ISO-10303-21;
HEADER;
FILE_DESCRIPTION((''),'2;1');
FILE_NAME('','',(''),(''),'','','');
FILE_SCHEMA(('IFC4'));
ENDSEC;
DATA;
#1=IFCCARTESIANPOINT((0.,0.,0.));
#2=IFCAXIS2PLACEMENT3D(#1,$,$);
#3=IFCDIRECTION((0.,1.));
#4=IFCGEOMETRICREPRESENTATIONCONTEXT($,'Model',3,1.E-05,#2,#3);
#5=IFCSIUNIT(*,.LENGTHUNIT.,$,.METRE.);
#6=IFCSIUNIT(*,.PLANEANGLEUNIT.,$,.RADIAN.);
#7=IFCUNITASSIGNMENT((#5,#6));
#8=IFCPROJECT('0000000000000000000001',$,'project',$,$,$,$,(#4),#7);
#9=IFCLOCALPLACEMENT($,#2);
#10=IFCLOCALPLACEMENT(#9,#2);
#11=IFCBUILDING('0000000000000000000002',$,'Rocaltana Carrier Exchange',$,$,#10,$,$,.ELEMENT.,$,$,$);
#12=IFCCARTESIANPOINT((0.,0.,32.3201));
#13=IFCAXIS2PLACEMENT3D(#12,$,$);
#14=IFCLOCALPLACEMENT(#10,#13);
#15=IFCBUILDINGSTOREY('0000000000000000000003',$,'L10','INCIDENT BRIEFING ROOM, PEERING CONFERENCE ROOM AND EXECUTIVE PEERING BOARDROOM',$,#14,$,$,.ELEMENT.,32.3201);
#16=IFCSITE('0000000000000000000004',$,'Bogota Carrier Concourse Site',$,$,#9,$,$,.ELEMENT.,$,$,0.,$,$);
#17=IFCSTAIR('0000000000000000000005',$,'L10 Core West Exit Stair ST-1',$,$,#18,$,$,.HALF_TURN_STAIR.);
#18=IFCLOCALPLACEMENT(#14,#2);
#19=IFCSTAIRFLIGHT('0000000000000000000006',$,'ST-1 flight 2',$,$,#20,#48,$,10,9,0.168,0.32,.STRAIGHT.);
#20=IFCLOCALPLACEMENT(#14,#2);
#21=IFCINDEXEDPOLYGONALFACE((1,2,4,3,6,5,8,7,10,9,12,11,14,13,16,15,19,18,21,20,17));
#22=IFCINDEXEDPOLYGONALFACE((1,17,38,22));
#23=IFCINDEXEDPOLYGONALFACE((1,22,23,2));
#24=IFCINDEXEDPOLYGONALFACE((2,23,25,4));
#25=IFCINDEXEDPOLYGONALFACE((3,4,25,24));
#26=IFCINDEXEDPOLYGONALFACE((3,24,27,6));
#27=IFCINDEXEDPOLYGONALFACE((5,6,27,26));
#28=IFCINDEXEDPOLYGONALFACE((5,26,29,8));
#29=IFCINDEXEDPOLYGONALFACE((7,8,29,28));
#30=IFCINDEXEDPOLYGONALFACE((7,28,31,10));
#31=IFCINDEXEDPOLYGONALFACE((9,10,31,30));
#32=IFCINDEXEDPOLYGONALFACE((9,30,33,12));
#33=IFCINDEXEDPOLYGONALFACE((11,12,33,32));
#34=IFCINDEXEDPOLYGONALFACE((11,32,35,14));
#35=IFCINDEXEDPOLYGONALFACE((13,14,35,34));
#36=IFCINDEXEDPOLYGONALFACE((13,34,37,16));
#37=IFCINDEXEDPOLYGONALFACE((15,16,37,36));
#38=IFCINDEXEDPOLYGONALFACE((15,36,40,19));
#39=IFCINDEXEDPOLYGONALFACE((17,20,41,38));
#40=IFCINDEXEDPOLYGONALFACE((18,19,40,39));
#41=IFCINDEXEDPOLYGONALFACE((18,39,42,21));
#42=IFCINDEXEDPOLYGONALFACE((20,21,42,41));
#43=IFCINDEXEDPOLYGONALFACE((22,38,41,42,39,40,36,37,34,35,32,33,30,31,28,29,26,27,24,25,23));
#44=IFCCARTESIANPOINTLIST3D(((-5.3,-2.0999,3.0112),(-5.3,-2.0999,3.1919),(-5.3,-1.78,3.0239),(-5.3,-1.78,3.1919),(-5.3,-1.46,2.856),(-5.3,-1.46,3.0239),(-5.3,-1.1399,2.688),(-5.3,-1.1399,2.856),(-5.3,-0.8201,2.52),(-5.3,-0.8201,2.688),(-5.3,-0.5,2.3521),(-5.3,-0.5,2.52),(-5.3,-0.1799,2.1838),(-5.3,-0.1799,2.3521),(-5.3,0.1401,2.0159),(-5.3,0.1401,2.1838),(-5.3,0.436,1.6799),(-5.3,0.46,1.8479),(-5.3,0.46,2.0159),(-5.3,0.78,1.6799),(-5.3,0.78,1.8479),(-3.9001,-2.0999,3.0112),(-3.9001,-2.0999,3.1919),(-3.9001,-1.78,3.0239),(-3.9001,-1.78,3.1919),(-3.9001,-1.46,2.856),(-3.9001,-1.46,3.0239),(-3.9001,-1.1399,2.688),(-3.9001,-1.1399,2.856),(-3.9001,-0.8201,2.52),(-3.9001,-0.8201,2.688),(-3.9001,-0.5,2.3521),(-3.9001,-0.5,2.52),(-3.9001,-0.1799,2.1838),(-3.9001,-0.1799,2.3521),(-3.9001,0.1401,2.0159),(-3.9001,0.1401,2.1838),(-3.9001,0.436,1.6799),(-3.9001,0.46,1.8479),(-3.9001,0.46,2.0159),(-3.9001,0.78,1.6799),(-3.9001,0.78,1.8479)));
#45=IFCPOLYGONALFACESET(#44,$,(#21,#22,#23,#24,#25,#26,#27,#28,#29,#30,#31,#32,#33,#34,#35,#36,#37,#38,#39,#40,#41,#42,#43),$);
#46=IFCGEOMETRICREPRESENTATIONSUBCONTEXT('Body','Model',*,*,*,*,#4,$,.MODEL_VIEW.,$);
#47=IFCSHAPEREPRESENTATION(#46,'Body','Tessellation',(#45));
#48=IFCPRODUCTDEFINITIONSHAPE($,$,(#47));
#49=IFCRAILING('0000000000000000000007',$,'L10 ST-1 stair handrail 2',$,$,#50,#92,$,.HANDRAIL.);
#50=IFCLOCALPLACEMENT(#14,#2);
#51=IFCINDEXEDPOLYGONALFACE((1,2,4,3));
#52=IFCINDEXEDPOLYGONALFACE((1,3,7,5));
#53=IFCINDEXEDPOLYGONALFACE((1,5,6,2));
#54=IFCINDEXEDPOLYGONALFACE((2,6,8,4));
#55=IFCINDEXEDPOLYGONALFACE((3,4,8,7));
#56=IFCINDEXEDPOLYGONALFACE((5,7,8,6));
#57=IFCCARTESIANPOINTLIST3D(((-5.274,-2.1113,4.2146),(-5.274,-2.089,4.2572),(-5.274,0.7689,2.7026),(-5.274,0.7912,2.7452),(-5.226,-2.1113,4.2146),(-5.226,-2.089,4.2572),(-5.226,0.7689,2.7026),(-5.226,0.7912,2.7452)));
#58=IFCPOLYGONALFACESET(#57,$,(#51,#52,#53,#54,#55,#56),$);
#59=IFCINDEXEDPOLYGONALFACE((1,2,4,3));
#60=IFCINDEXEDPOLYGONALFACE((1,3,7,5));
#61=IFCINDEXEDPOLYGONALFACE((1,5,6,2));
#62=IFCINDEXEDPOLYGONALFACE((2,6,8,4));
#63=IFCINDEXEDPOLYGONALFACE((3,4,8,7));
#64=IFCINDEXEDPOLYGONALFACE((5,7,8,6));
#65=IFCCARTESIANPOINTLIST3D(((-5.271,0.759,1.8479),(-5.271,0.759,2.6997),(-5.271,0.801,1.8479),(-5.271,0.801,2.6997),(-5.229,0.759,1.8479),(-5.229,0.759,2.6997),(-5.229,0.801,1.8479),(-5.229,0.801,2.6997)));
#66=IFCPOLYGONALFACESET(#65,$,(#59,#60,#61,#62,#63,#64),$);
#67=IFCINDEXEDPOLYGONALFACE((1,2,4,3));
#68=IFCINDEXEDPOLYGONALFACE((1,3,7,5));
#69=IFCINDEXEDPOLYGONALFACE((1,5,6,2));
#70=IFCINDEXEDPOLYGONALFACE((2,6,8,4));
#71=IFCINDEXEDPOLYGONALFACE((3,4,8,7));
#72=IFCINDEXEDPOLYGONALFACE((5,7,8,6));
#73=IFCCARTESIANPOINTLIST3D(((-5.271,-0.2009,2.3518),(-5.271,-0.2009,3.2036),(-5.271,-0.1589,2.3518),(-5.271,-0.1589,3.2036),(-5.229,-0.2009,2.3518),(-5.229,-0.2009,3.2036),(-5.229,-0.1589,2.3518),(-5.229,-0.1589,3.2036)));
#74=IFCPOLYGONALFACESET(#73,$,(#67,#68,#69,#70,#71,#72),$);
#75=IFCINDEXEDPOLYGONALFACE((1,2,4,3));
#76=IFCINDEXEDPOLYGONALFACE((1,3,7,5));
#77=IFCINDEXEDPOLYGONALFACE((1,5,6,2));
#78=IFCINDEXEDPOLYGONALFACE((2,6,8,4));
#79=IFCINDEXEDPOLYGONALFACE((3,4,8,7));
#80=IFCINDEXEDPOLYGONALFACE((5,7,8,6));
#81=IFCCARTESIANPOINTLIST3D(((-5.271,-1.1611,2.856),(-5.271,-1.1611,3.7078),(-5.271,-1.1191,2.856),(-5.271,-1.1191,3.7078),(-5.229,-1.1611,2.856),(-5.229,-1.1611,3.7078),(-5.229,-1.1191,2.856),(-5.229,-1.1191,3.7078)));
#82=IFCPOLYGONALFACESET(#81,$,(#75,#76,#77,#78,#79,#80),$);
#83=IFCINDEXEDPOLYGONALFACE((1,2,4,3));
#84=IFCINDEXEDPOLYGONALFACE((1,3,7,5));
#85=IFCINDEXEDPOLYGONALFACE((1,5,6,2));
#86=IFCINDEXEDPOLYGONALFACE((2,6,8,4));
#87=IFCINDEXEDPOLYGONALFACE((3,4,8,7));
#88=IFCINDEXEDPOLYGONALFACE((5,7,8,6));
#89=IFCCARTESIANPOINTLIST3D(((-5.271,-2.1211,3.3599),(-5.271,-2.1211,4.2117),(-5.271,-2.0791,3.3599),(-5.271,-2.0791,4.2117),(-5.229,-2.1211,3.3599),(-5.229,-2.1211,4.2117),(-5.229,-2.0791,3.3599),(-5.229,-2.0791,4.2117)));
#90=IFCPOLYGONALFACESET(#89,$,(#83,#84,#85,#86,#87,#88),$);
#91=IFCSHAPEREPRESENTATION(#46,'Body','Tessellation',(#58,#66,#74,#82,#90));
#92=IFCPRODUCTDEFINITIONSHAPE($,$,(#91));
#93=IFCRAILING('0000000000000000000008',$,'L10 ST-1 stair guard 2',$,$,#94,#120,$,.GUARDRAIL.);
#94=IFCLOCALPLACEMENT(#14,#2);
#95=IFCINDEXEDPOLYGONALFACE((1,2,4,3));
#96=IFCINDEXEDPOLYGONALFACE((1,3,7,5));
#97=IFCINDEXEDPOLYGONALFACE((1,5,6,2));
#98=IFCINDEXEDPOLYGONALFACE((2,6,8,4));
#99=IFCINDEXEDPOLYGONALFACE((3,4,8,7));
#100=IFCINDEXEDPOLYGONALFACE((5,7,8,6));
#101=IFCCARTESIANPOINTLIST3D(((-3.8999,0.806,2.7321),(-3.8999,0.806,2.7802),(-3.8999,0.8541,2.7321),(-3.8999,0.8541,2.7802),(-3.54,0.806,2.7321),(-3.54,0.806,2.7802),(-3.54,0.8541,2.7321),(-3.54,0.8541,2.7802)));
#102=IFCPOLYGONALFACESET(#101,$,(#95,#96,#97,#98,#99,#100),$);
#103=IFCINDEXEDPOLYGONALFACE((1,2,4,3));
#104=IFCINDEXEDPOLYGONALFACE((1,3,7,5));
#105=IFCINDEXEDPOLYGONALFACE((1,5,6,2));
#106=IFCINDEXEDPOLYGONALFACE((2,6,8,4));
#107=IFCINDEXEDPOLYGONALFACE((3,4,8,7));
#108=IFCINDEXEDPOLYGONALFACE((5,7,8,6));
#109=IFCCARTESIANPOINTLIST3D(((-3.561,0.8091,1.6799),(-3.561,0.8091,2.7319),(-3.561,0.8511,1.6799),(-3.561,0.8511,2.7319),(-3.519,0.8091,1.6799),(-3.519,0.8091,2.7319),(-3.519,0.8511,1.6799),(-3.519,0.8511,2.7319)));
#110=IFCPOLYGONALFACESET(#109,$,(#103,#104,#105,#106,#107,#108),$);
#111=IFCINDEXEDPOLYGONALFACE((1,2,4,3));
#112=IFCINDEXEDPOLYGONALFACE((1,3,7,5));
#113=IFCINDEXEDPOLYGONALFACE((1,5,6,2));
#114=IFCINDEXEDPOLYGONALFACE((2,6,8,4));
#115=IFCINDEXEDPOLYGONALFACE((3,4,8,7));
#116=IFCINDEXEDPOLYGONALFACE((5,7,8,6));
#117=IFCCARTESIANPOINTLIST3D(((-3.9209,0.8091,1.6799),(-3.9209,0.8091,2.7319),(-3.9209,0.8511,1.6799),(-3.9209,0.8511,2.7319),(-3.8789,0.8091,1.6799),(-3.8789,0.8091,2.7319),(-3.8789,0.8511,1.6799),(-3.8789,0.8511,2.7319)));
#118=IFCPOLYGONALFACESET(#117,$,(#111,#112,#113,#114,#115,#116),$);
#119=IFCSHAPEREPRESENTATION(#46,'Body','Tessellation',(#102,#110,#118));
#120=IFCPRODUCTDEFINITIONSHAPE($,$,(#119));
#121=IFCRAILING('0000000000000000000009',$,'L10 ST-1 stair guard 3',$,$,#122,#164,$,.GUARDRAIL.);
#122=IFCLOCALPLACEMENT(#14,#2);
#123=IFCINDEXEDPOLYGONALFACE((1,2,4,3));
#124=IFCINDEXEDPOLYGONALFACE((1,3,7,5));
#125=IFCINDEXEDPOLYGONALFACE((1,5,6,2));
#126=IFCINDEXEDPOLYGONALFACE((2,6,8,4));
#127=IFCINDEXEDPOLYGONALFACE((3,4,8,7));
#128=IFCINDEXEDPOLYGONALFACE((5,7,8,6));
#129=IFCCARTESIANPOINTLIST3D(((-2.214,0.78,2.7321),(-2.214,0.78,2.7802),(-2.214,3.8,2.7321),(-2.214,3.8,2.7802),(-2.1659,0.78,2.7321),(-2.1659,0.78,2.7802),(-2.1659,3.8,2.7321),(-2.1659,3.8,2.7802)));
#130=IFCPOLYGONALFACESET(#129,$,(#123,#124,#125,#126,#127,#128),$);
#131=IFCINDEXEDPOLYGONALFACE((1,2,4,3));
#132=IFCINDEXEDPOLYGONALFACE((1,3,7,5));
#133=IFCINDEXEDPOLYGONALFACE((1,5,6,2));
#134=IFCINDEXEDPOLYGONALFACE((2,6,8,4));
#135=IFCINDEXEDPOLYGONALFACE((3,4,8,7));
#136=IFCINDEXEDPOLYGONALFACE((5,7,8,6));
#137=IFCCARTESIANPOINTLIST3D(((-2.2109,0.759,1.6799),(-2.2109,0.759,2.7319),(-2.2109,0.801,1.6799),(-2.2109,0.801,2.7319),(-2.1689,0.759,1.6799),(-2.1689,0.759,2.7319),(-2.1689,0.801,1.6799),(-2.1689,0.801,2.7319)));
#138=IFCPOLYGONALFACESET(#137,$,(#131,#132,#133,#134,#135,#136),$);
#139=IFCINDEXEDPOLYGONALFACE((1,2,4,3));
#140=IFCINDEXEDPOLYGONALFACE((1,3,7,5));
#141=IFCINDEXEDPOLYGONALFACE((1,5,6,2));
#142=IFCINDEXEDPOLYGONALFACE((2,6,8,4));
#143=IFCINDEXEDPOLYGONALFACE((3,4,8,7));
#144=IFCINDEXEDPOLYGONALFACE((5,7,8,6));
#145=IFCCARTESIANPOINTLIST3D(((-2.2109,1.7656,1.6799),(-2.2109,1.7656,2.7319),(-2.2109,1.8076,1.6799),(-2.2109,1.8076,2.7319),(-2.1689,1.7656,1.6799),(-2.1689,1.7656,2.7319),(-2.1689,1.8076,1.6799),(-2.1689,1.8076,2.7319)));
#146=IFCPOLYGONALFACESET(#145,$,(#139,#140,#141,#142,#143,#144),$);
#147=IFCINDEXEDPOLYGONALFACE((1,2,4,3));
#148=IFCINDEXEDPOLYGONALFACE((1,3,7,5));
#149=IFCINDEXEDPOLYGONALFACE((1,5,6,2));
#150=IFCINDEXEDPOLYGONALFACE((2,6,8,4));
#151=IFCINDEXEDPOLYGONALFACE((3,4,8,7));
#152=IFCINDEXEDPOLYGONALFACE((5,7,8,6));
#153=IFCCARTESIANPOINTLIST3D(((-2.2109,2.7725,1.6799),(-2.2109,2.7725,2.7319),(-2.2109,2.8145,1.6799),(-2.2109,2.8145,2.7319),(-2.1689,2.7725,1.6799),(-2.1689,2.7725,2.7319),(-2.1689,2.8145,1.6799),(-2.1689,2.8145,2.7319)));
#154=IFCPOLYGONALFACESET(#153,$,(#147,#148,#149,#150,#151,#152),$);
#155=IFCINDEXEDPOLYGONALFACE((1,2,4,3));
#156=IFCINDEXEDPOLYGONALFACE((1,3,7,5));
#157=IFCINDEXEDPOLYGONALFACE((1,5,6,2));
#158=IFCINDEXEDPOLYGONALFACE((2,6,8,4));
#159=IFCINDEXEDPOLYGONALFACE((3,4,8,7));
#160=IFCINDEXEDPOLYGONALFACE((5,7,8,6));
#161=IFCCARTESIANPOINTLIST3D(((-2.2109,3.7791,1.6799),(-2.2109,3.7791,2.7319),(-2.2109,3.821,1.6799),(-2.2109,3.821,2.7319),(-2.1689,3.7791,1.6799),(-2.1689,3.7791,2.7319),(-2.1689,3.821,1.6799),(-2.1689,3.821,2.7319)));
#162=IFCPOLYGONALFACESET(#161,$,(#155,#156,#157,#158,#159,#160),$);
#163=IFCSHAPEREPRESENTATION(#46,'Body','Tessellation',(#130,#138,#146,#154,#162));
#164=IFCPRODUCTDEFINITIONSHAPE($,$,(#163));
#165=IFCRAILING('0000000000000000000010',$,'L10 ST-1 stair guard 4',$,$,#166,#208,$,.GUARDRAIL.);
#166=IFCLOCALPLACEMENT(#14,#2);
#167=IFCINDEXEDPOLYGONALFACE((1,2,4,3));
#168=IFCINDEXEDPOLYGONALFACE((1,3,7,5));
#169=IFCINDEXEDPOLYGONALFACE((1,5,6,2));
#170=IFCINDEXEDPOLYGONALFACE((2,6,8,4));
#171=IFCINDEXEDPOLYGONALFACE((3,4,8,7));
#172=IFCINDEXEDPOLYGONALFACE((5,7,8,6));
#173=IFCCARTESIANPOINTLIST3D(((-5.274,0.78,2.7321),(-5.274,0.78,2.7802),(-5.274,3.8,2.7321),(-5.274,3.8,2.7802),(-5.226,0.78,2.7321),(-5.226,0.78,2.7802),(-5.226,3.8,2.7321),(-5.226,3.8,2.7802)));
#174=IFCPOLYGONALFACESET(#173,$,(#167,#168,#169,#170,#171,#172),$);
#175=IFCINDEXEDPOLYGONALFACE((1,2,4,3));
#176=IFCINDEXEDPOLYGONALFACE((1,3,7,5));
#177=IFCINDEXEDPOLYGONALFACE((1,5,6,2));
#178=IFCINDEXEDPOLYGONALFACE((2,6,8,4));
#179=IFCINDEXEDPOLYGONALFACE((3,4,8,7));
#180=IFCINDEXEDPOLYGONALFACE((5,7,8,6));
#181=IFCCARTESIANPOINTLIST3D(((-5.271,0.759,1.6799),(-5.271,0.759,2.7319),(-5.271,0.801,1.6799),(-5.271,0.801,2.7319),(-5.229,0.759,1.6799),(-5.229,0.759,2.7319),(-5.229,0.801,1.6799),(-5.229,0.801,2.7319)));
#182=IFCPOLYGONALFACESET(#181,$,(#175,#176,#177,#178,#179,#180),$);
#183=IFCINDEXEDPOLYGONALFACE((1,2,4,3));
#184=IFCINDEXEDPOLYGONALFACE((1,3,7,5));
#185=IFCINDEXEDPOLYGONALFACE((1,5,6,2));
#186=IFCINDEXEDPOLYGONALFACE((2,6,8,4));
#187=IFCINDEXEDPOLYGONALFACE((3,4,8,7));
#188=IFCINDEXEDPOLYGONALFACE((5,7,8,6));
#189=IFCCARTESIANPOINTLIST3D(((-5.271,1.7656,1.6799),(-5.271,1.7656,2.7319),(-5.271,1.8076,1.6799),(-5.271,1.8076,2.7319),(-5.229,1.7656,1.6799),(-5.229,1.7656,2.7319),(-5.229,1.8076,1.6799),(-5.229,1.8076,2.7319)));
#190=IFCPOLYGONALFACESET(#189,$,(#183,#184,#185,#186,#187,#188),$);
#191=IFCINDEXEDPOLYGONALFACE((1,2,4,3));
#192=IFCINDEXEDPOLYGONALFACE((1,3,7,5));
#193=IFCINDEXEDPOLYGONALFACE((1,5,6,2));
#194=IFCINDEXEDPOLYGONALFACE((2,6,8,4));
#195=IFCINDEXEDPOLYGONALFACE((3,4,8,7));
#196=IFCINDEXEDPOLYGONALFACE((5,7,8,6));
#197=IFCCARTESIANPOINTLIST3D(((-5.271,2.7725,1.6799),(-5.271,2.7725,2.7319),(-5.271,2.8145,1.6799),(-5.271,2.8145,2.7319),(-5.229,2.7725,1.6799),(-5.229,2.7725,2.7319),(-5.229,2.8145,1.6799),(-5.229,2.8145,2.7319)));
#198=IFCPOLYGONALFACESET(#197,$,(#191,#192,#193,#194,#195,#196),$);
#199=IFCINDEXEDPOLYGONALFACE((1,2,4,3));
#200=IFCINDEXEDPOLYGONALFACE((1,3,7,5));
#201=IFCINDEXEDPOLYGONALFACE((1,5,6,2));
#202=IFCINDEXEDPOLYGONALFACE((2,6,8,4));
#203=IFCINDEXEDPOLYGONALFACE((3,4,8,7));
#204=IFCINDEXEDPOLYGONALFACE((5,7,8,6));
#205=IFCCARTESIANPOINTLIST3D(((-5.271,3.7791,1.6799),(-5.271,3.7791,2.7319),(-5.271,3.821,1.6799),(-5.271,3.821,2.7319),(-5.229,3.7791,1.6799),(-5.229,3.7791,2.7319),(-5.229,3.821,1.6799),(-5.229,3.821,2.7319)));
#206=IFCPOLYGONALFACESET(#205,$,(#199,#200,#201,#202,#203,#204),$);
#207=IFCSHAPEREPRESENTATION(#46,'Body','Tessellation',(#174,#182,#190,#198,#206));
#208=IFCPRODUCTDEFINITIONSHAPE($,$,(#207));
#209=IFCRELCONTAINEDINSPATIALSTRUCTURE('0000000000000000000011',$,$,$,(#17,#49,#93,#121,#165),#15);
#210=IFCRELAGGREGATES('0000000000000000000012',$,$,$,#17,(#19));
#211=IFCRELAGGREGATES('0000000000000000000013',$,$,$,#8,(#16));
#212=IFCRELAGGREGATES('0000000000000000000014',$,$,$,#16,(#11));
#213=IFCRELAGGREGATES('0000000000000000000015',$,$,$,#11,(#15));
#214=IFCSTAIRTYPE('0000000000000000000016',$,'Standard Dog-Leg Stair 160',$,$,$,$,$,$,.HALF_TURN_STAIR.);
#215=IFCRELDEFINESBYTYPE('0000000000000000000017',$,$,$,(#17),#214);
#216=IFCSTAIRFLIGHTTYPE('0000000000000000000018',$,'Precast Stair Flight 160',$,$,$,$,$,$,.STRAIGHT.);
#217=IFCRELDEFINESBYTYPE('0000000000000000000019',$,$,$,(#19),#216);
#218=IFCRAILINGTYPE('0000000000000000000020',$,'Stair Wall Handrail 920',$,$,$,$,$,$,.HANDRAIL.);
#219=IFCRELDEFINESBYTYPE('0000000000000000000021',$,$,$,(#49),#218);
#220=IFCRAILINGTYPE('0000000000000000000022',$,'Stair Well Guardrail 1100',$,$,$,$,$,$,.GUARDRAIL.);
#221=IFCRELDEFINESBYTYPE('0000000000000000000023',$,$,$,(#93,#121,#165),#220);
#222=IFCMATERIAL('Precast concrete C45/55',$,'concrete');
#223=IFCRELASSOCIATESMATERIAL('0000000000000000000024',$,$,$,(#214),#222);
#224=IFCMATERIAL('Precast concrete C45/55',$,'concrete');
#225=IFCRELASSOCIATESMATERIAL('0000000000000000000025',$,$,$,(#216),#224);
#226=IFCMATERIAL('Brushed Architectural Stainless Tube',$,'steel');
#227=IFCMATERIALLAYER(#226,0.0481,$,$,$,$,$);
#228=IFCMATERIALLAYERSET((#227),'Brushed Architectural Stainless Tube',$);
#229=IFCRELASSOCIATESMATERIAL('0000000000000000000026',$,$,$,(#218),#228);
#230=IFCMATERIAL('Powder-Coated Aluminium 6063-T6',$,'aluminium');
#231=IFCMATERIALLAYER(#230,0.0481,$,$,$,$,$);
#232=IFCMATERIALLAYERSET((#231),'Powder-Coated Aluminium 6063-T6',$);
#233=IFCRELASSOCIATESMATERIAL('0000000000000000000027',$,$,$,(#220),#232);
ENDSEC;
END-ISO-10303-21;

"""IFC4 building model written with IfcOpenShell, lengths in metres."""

from ifc_helpers import new_model, si_unit, direction, frame, origin, origin_2d, place, context, subcontext, project, spatial, polyline, rectangle, outline, extrude, material, layer, layer_set, type_object, element, aggregate, save


model = new_model("IFC4")

# Units and contexts
model_context = context("Model", 3, precision=1e-05, world=origin(), true_north=direction((0.0, 1.0)))
body_context = subcontext(model_context, "Body", "Model", "MODEL_VIEW")
ifc_project = project(units=[si_unit("LENGTHUNIT", "METRE"), si_unit("PLANEANGLEUNIT", "RADIAN")], contexts=[model_context])

# Site, building, storey
site_placement = place(None, origin())
site = spatial("IfcSite", under=ifc_project, at=site_placement, Name="Bogota Carrier Concourse Site", CompositionType="ELEMENT", RefElevation=0.0)
building_placement = place(site_placement, origin())
building = spatial("IfcBuilding", under=site, at=building_placement, Name="Rocaltana Carrier Exchange", CompositionType="ELEMENT")
storey_placement = place(building_placement, frame((0.0, 0.0, 32.3201)))
storey = spatial("IfcBuildingStorey", under=building, at=storey_placement, Name="L10", Description="INCIDENT BRIEFING ROOM, PEERING CONFERENCE ROOM AND EXECUTIVE PEERING BOARDROOM", CompositionType="ELEMENT", Elevation=32.3201)

# Stair, stair flight
ifc_material_1 = material(Name="Precast concrete C45/55", Category="concrete")
stair_type = type_object("IfcStairType", Name="Standard Dog-Leg Stair 160", PredefinedType="HALF_TURN_STAIR", material=ifc_material_1)
stair_placement = place(storey_placement, origin())
stair = element("IfcStair", 1, at=stair_placement, inside=storey, type_object=stair_type, Name="L10 Core West Exit Stair ST-1", PredefinedType="HALF_TURN_STAIR")
ifc_material_2 = material(Name="Precast concrete C45/55", Category="concrete")
stair_flight_type = type_object("IfcStairFlightType", Name="Precast Stair Flight 160", PredefinedType="STRAIGHT", material=ifc_material_2)
stair_flight_placement = place(storey_placement, frame((-4.6001, 0.78, 1.6799), z_axis=(0.0, 0.0, 1.0), x_axis=(0.0, -1.0, 0.0)))
stair_flight = element("IfcStairFlight", 2, at=stair_flight_placement, type_object=stair_flight_type, Name="ST-1 flight 2", NumberOfRisers=10, NumberOfTreads=9, PredefinedType="STRAIGHT", RiserHeight=0.168, TreadLength=0.32, context=body_context, shape_type="SweptSolid", body=[
    extrude(outline(polyline([(0.0, 0.0), (0.0, 0.168), (0.3201, 0.168), (0.3201, 0.3359), (0.6399, 0.3359), (0.6399, 0.5039), (0.96, 0.5039), (0.96, 0.6721), (1.28, 0.6721), (1.28, 0.8401), (1.6001, 0.8401), (1.6001, 1.0081), (1.9199, 1.0081), (1.9199, 1.176), (2.24, 1.176), (2.24, 1.344), (2.5601, 1.344), (2.5601, 1.512), (2.8799, 1.512), (2.8799, 1.6799), (2.8799, 1.3313), (0.344, 0.0), (0.0, 0.0)])), frame((0.0, 0.7, 0.0), z_axis=(0.0, -1.0, 0.0), x_axis=(1.0, 0.0, 0.0)), (0.0, 0.0, 1.0), 1.3999),
])
aggregate(stair, [stair_flight])

# Railings
ifc_material_3 = material(Name="Brushed Architectural Stainless Tube", Category="steel")
ifc_layer_1 = layer(ifc_material_3, 0.0481)
ifc_layer_set_1 = layer_set([ifc_layer_1], Name="Brushed Architectural Stainless Tube")
railing_type_1 = type_object("IfcRailingType", Name="Stair Wall Handrail 920", PredefinedType="HANDRAIL", material=ifc_layer_set_1)
railing_1_placement = place(storey_placement, frame((-5.25, 0.78, 1.8479)))
element("IfcRailing", 3, at=railing_1_placement, inside=storey, type_object=railing_type_1, Name="L10 ST-1 stair handrail 2", PredefinedType="HANDRAIL", context=body_context, shape_type="SweptSolid", body=[
    extrude(rectangle(XDim=0.0481, YDim=0.0481, at=origin_2d()), frame((0.0, 0.0, 0.876), z_axis=(0.0, -0.885411, 0.464809), x_axis=(1.0, 0.0, 0.0)), (0.0, 0.0, 1.0), 3.2529),
    extrude(rectangle(XDim=0.042, YDim=0.042, at=origin_2d()), origin(), (0.0, 0.0, 1.0), 0.8518),
    extrude(rectangle(XDim=0.042, YDim=0.042, at=origin_2d()), frame((0.0, -0.96, 0.5039)), (0.0, 0.0, 1.0), 0.8518),
    extrude(rectangle(XDim=0.042, YDim=0.042, at=origin_2d()), frame((0.0, -1.9202, 1.0081)), (0.0, 0.0, 1.0), 0.8518),
    extrude(rectangle(XDim=0.042, YDim=0.042, at=origin_2d()), frame((0.0, -2.8801, 1.512)), (0.0, 0.0, 1.0), 0.8518),
])
ifc_material_4 = material(Name="Powder-Coated Aluminium 6063-T6", Category="aluminium")
ifc_layer_2 = layer(ifc_material_4, 0.0481)
ifc_layer_set_2 = layer_set([ifc_layer_2], Name="Powder-Coated Aluminium 6063-T6")
railing_type_2 = type_object("IfcRailingType", Name="Stair Well Guardrail 1100", PredefinedType="GUARDRAIL", material=ifc_layer_set_2)
railing_2_placement = place(storey_placement, frame((-3.54, 0.8301, 1.6799)))
element("IfcRailing", 4, at=railing_2_placement, inside=storey, type_object=railing_type_2, Name="L10 ST-1 stair guard 2", PredefinedType="GUARDRAIL", context=body_context, shape_type="SweptSolid", body=[
    extrude(rectangle(XDim=0.0481, YDim=0.0481, at=origin_2d()), frame((0.0, 0.0, 1.0762), z_axis=(-1.0, 0.0, 0.0), x_axis=(0.0, -1.0, 0.0)), (0.0, 0.0, 1.0), 0.3599),
    extrude(rectangle(XDim=0.042, YDim=0.042, at=origin_2d()), origin(), (0.0, 0.0, 1.0), 1.052),
    extrude(rectangle(XDim=0.042, YDim=0.042, at=origin_2d()), frame((-0.3599, 0.0, 0.0)), (0.0, 0.0, 1.0), 1.052),
])
for number, where, name in (
    (5, (-2.1899, 0.78, 1.6799), "L10 ST-1 stair guard 3"),
    (6, (-5.25, 0.78, 1.6799), "L10 ST-1 stair guard 4"),
):
    element("IfcRailing", number, at=place(storey_placement, frame(where)), inside=storey, type_object=railing_type_2, Name=name, PredefinedType="GUARDRAIL", context=body_context, shape_type="SweptSolid", body=[
        extrude(rectangle(XDim=0.0481, YDim=0.0481, at=origin_2d()), frame((0.0, 0.0, 1.0762), z_axis=(0.0, 1.0, 0.0), x_axis=(-1.0, 0.0, 0.0)), (0.0, 0.0, 1.0), 3.02),
        extrude(rectangle(XDim=0.042, YDim=0.042, at=origin_2d()), origin(), (0.0, 0.0, 1.0), 1.052),
        extrude(rectangle(XDim=0.042, YDim=0.042, at=origin_2d()), frame((0.0, 1.0066, 0.0)), (0.0, 0.0, 1.0), 1.052),
        extrude(rectangle(XDim=0.042, YDim=0.042, at=origin_2d()), frame((0.0, 2.0134, 0.0)), (0.0, 0.0, 1.0), 1.052),
        extrude(rectangle(XDim=0.042, YDim=0.042, at=origin_2d()), frame((0.0, 3.02, 0.0)), (0.0, 0.0, 1.0), 1.052),
    ])

save(model, "model.ifc")
